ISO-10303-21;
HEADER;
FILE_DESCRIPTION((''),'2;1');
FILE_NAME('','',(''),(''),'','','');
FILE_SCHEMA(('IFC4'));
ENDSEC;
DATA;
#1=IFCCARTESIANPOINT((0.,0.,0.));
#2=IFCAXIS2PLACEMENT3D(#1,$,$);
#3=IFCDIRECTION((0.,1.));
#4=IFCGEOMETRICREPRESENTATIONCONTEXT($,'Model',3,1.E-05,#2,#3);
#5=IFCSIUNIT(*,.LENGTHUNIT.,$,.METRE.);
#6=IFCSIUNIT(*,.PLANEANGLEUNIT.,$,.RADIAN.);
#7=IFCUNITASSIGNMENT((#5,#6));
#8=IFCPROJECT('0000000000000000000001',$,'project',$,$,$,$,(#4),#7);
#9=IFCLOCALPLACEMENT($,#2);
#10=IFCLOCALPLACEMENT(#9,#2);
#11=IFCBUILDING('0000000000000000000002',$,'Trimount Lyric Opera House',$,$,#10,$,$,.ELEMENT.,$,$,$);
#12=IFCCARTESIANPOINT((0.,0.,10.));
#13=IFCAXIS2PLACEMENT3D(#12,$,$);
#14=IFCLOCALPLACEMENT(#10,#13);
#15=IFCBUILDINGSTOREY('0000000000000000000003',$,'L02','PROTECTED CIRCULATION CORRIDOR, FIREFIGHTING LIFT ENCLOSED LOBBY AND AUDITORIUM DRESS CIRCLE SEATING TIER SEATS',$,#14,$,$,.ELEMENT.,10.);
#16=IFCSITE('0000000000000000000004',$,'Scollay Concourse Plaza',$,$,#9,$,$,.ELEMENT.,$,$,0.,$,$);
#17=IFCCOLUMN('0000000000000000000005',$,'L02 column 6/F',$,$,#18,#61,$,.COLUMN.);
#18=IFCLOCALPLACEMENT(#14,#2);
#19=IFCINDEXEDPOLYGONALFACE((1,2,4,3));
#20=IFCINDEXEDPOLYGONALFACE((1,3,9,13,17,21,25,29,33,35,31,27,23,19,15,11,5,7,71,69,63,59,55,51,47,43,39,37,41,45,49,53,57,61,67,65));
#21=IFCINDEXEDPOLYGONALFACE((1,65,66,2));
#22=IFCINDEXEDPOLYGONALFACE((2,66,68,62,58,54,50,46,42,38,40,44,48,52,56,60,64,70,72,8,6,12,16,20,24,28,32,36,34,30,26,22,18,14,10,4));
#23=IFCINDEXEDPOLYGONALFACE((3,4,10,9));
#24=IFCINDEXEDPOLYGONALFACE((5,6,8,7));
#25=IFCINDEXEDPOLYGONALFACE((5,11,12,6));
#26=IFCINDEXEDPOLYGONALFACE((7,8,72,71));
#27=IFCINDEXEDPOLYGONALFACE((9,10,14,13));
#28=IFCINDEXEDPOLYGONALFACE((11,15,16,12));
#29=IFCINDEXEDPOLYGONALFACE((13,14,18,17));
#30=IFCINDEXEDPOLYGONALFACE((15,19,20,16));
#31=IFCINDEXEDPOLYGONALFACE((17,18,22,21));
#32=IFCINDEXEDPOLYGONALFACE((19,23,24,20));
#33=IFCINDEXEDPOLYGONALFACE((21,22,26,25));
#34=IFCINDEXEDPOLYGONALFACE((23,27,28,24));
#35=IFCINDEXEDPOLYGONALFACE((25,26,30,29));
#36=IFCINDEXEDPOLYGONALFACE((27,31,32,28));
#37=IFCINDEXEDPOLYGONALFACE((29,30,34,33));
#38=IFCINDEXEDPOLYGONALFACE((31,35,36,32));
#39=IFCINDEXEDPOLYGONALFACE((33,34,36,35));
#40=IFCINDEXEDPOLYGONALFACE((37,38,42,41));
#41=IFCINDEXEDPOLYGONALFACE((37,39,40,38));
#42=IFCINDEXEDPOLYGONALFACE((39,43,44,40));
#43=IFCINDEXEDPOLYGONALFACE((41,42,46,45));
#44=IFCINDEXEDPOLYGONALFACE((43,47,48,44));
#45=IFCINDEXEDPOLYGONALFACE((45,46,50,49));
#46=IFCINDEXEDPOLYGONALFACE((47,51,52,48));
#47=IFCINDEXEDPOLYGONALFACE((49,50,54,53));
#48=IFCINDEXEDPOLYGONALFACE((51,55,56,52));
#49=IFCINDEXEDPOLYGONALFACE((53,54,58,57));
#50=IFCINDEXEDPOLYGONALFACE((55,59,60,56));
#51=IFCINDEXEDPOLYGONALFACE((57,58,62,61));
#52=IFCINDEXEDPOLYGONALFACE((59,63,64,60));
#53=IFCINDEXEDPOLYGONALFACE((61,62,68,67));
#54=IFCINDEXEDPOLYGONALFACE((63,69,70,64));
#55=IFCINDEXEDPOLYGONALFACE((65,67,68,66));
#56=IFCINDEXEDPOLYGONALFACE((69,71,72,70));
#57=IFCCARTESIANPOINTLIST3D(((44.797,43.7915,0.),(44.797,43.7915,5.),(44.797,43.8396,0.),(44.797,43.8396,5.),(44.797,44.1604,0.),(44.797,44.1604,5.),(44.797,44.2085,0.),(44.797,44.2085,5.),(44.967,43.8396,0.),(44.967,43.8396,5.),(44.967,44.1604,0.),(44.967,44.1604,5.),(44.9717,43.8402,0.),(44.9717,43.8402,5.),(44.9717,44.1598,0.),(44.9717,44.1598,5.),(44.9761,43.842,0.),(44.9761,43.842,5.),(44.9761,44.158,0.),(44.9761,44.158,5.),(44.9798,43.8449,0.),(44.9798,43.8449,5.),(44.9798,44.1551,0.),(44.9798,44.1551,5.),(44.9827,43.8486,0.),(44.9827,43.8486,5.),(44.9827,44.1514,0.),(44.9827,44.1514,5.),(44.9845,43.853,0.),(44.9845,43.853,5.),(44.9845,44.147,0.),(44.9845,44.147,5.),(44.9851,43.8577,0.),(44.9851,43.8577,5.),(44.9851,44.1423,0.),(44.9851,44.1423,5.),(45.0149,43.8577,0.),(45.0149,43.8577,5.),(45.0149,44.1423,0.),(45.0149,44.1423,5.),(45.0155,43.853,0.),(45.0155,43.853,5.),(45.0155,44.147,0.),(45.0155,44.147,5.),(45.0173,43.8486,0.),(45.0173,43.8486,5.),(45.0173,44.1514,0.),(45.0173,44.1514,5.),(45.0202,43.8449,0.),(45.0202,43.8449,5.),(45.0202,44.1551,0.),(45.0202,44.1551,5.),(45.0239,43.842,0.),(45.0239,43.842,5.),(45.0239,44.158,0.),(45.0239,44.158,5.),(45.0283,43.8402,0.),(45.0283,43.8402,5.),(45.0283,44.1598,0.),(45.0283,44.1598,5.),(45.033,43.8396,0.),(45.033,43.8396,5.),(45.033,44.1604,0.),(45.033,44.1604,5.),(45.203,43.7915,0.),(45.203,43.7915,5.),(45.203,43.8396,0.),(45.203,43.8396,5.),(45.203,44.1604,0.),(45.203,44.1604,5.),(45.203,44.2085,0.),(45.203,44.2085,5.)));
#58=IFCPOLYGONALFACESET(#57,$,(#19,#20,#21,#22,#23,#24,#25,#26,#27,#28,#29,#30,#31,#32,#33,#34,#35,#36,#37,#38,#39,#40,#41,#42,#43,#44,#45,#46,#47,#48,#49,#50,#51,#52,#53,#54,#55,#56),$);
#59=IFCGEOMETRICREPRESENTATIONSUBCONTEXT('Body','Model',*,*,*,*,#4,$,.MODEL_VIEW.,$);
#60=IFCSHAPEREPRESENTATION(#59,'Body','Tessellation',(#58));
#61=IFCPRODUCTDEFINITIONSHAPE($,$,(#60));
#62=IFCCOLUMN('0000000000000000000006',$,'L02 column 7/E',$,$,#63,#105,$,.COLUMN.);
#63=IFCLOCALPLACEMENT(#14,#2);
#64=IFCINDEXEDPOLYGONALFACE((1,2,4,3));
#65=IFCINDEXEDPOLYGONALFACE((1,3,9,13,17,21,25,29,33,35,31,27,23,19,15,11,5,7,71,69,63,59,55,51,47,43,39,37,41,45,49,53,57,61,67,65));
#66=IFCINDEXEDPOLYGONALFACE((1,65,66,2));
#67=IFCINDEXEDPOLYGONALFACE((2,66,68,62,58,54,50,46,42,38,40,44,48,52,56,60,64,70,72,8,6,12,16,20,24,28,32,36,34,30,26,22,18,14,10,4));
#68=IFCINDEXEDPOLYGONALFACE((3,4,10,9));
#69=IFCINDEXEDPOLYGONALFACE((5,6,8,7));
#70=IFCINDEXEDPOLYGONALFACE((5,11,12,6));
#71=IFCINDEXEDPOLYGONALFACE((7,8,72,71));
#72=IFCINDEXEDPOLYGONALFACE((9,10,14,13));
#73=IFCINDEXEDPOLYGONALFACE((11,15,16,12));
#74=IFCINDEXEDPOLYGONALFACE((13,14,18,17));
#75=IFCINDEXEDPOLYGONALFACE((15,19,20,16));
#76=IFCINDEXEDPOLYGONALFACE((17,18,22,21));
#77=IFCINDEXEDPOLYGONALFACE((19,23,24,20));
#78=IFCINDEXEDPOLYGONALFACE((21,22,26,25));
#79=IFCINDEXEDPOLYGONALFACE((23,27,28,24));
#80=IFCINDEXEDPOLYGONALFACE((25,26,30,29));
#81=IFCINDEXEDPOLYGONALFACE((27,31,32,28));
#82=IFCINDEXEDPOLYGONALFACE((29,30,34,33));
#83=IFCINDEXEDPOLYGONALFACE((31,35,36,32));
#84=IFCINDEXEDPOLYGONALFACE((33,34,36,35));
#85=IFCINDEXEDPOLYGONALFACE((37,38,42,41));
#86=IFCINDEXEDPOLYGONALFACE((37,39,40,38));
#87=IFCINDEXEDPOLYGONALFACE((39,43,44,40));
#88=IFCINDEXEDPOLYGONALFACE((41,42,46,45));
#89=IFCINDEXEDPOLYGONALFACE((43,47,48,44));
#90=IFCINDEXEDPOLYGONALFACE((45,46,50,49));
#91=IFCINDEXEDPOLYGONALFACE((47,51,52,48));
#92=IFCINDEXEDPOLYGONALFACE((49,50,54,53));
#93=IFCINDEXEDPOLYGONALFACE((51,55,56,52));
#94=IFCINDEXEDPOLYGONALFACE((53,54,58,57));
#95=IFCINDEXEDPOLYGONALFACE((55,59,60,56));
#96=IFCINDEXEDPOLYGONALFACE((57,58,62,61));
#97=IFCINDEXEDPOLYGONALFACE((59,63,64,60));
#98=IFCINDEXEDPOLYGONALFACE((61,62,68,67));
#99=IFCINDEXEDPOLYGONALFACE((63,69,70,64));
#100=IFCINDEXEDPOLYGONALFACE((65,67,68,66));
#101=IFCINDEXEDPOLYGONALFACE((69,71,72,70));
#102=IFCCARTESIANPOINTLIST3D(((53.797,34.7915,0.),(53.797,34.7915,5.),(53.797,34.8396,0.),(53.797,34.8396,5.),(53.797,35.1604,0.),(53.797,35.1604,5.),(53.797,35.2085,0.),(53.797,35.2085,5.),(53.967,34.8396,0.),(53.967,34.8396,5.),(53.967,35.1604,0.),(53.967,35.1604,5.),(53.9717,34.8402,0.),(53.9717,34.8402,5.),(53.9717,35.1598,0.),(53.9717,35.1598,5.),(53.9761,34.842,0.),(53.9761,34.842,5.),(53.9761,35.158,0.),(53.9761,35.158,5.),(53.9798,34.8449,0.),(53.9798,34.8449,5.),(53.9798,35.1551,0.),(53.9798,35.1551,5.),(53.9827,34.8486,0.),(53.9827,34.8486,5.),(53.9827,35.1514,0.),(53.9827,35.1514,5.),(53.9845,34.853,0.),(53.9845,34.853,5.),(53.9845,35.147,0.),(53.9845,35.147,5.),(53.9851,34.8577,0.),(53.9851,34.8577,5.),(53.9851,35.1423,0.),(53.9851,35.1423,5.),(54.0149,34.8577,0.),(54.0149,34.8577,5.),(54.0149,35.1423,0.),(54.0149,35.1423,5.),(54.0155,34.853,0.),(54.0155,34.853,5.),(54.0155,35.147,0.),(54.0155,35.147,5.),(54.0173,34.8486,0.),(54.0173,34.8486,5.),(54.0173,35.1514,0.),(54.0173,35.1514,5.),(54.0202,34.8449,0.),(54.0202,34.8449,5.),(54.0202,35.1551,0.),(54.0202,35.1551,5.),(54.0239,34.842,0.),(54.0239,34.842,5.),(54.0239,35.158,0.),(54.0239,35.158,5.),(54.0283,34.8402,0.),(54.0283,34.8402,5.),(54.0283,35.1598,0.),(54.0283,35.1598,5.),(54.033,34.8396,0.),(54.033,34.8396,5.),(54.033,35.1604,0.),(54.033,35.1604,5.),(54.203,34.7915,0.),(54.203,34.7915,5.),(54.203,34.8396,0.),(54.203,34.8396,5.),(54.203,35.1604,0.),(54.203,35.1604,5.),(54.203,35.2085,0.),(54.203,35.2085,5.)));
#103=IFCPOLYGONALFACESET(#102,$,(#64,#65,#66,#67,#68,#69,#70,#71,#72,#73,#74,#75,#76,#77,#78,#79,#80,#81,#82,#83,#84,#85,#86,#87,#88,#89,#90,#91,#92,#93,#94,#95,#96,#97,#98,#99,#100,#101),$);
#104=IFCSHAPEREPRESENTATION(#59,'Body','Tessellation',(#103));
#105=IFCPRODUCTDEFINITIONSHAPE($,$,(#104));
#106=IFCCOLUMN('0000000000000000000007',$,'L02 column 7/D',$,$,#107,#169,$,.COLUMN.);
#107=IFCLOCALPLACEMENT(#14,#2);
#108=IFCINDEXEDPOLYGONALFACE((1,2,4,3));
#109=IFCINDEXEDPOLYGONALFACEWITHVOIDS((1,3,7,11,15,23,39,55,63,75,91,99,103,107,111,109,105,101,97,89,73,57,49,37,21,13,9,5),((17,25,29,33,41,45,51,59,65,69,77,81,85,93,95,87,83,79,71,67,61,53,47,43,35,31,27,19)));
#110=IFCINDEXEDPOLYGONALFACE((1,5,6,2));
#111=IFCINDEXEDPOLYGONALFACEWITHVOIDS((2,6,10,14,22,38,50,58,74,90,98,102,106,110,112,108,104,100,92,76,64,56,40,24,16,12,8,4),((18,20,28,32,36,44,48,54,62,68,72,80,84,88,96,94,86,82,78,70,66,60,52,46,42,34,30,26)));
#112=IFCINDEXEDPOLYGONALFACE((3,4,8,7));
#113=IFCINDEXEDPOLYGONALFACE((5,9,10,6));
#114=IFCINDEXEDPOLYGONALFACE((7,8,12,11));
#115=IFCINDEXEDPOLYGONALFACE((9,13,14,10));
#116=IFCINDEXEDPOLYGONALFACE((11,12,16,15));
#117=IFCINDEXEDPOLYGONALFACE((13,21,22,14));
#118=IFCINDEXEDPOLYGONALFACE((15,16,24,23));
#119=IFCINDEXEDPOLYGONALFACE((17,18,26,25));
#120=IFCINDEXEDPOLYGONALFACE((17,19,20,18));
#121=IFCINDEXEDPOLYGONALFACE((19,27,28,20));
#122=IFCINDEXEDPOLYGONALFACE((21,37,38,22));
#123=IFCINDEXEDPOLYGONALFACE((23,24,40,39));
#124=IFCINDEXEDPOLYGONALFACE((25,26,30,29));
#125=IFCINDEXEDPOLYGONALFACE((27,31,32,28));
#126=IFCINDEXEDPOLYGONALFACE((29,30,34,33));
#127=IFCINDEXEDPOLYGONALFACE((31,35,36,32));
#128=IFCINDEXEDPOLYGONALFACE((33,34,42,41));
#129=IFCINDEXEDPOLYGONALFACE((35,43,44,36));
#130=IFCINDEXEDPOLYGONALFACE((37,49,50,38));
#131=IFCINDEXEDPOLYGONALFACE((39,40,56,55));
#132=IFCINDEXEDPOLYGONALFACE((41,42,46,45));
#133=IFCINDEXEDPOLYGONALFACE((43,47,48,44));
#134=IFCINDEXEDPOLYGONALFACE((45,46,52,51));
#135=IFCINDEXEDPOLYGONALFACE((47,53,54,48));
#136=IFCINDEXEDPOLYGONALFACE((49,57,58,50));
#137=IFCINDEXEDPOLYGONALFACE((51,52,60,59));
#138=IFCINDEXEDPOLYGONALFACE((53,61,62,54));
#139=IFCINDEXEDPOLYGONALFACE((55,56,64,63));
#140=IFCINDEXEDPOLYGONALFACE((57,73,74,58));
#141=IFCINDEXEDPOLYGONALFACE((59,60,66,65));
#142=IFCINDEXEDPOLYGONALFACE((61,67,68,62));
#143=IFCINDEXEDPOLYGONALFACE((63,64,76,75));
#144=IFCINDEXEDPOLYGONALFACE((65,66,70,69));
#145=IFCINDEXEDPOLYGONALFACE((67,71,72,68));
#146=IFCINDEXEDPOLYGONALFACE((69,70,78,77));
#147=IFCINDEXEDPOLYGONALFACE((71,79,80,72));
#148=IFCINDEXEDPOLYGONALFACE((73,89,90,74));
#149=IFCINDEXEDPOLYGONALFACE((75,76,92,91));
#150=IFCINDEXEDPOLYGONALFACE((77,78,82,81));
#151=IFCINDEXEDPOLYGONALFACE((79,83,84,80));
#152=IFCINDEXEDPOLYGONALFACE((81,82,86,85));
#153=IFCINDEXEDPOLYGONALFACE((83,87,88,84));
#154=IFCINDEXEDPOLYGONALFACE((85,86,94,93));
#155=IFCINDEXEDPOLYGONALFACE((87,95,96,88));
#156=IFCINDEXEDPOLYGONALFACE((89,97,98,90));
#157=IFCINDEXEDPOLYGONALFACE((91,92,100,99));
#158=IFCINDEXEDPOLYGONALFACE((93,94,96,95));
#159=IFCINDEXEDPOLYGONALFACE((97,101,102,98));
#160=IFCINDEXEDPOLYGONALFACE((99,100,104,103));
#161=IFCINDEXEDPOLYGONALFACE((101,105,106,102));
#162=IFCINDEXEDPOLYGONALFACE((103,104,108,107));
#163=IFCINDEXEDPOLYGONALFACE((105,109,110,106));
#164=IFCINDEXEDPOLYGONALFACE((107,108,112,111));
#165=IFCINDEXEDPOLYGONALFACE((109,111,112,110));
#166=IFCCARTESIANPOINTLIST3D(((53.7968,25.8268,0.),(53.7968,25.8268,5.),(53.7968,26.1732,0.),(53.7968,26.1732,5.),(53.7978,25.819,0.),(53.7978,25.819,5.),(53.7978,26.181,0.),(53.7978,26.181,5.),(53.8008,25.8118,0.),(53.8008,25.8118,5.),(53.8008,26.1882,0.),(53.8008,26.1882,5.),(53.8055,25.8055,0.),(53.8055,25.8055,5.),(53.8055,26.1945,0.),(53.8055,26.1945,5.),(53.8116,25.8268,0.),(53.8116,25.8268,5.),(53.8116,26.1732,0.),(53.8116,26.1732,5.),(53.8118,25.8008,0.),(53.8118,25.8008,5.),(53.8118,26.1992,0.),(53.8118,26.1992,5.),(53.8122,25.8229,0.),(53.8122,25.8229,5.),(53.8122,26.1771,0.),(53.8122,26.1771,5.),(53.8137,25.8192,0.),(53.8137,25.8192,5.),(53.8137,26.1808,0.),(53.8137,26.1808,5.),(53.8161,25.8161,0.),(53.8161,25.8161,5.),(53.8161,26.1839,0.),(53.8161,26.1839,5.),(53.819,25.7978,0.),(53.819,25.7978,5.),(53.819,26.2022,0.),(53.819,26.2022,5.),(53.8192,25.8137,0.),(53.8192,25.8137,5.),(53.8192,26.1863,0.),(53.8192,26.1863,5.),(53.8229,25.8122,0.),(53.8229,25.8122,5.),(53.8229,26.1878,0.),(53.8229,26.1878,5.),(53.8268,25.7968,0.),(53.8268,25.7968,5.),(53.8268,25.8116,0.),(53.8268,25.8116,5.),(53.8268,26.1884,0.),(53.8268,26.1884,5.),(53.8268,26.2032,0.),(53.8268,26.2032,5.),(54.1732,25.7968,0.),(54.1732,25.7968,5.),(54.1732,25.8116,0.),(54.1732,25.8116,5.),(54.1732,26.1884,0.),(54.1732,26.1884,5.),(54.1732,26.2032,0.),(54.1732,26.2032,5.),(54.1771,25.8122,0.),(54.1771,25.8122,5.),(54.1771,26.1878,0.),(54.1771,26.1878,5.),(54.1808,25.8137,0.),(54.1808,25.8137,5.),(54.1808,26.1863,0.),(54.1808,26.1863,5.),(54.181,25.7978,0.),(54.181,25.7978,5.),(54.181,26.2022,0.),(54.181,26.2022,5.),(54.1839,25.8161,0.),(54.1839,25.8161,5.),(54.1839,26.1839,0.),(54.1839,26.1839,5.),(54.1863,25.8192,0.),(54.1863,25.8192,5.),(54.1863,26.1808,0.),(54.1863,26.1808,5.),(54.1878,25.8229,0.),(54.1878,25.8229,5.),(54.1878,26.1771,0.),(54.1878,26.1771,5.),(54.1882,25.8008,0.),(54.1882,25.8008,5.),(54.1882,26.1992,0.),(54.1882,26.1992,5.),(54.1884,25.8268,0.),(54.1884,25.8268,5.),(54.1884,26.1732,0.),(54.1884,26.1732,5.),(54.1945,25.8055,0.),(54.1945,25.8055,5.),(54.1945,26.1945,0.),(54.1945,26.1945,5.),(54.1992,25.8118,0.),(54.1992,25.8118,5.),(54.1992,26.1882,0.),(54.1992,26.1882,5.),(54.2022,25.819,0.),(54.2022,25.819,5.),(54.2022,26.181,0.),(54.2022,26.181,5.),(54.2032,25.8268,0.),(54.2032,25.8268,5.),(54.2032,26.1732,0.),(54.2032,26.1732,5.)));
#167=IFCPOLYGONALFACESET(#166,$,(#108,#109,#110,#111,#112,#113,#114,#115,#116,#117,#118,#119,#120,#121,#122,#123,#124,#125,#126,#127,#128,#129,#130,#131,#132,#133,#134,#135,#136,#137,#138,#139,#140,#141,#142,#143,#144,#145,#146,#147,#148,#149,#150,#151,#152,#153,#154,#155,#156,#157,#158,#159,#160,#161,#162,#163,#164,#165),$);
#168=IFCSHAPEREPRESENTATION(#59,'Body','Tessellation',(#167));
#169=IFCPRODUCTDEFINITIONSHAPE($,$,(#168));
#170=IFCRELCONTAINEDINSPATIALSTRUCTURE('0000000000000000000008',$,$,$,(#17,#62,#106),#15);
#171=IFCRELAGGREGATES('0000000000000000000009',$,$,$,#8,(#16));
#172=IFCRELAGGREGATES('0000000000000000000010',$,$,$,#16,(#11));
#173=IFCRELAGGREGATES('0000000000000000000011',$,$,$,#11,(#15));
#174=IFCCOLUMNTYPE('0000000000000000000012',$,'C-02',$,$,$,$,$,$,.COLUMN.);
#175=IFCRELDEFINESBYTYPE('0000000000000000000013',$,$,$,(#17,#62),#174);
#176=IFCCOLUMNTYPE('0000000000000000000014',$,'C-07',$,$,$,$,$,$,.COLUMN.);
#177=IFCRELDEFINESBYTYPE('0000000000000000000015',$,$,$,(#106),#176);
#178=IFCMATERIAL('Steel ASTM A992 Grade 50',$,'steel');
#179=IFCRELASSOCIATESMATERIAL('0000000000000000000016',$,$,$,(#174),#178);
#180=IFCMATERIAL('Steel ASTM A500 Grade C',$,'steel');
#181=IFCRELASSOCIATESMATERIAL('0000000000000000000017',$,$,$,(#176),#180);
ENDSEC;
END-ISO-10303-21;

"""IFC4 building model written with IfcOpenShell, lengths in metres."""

from ifc_helpers import new_model, si_unit, direction, frame, origin, origin_2d, place, context, subcontext, project, spatial, hollow_rectangle, i_section, extrude, material, material_profile, profile_set, type_object, element, save


model = new_model("IFC4")

# Units and contexts
model_context = context("Model", 3, precision=1e-05, world=origin(), true_north=direction((0.0, 1.0)))
body_context = subcontext(model_context, "Body", "Model", "MODEL_VIEW")
ifc_project = project(units=[si_unit("LENGTHUNIT", "METRE"), si_unit("PLANEANGLEUNIT", "RADIAN")], contexts=[model_context])

# Site, building, storey
site_placement = place(None, origin())
site = spatial("IfcSite", under=ifc_project, at=site_placement, Name="Scollay Concourse Plaza", CompositionType="ELEMENT", RefElevation=0.0)
building_placement = place(site_placement, origin())
building = spatial("IfcBuilding", under=site, at=building_placement, Name="Trimount Lyric Opera House", CompositionType="ELEMENT")
storey_placement = place(building_placement, frame((0.0, 0.0, 10.0)))
storey = spatial("IfcBuildingStorey", under=building, at=storey_placement, Name="L02", Description="PROTECTED CIRCULATION CORRIDOR, FIREFIGHTING LIFT ENCLOSED LOBBY AND AUDITORIUM DRESS CIRCLE SEATING TIER SEATS", CompositionType="ELEMENT", Elevation=10.0)

# Columns
ifc_material_1 = material(Name="Steel ASTM A992 Grade 50", Category="steel")
ifc_material_profile_1 = material_profile(ifc_material_1, i_section(OverallWidth=0.406, OverallDepth=0.417, WebThickness=0.0298, FlangeThickness=0.0481, FilletRadius=0.0181, at=origin_2d()), Name="W14X257")
ifc_profile_set_1 = profile_set([ifc_material_profile_1], Name="Steel ASTM A992 Grade 50")
column_type_1 = type_object("IfcColumnType", Name="C-02", PredefinedType="COLUMN", material=ifc_profile_set_1)
for number, where, z_axis, x_axis, name in (
    (1, (45.0, 44.0, 0.0), (0.0, 0.0, 1.0), (1.0, 0.0, 0.0), "L02 column 6/F"),
    (2, (54.0, 35.0, 0.0), (0.0, 0.0, 1.0), (1.0, 0.0, 0.0), "L02 column 7/E"),
):
    element("IfcColumn", number, at=place(storey_placement, frame(where, z_axis=z_axis, x_axis=x_axis)), inside=storey, type_object=column_type_1, Name=name, PredefinedType="COLUMN", context=body_context, shape_type="SweptSolid", body=[
        extrude(i_section(OverallWidth=0.406, OverallDepth=0.417, WebThickness=0.0298, FlangeThickness=0.0481, FilletRadius=0.0181, at=origin_2d()), origin(), (0.0, 0.0, 1.0), 5.0),
    ])
ifc_material_2 = material(Name="Steel ASTM A500 Grade C", Category="steel")
ifc_material_profile_2 = material_profile(ifc_material_2, hollow_rectangle(XDim=0.4065, YDim=0.4065, WallThickness=0.0149, InnerFilletRadius=0.0151, OuterFilletRadius=0.03, at=origin_2d()), Name="HSS406.4X406.4X15.9")
ifc_profile_set_2 = profile_set([ifc_material_profile_2], Name="Steel ASTM A500 Grade C")
column_type_2 = type_object("IfcColumnType", Name="C-07", PredefinedType="COLUMN", material=ifc_profile_set_2)
column_placement = place(storey_placement, frame((54.0, 26.0, 0.0), z_axis=(0.0, 0.0, 1.0), x_axis=(1.0, 0.0, 0.0)))
element("IfcColumn", 3, at=column_placement, inside=storey, type_object=column_type_2, Name="L02 column 7/D", PredefinedType="COLUMN", context=body_context, shape_type="SweptSolid", body=[
    extrude(hollow_rectangle(XDim=0.4065, YDim=0.4065, WallThickness=0.0149, InnerFilletRadius=0.0151, OuterFilletRadius=0.03, at=origin_2d()), origin(), (0.0, 0.0, 1.0), 5.0),
])

save(model, "model.ifc")
